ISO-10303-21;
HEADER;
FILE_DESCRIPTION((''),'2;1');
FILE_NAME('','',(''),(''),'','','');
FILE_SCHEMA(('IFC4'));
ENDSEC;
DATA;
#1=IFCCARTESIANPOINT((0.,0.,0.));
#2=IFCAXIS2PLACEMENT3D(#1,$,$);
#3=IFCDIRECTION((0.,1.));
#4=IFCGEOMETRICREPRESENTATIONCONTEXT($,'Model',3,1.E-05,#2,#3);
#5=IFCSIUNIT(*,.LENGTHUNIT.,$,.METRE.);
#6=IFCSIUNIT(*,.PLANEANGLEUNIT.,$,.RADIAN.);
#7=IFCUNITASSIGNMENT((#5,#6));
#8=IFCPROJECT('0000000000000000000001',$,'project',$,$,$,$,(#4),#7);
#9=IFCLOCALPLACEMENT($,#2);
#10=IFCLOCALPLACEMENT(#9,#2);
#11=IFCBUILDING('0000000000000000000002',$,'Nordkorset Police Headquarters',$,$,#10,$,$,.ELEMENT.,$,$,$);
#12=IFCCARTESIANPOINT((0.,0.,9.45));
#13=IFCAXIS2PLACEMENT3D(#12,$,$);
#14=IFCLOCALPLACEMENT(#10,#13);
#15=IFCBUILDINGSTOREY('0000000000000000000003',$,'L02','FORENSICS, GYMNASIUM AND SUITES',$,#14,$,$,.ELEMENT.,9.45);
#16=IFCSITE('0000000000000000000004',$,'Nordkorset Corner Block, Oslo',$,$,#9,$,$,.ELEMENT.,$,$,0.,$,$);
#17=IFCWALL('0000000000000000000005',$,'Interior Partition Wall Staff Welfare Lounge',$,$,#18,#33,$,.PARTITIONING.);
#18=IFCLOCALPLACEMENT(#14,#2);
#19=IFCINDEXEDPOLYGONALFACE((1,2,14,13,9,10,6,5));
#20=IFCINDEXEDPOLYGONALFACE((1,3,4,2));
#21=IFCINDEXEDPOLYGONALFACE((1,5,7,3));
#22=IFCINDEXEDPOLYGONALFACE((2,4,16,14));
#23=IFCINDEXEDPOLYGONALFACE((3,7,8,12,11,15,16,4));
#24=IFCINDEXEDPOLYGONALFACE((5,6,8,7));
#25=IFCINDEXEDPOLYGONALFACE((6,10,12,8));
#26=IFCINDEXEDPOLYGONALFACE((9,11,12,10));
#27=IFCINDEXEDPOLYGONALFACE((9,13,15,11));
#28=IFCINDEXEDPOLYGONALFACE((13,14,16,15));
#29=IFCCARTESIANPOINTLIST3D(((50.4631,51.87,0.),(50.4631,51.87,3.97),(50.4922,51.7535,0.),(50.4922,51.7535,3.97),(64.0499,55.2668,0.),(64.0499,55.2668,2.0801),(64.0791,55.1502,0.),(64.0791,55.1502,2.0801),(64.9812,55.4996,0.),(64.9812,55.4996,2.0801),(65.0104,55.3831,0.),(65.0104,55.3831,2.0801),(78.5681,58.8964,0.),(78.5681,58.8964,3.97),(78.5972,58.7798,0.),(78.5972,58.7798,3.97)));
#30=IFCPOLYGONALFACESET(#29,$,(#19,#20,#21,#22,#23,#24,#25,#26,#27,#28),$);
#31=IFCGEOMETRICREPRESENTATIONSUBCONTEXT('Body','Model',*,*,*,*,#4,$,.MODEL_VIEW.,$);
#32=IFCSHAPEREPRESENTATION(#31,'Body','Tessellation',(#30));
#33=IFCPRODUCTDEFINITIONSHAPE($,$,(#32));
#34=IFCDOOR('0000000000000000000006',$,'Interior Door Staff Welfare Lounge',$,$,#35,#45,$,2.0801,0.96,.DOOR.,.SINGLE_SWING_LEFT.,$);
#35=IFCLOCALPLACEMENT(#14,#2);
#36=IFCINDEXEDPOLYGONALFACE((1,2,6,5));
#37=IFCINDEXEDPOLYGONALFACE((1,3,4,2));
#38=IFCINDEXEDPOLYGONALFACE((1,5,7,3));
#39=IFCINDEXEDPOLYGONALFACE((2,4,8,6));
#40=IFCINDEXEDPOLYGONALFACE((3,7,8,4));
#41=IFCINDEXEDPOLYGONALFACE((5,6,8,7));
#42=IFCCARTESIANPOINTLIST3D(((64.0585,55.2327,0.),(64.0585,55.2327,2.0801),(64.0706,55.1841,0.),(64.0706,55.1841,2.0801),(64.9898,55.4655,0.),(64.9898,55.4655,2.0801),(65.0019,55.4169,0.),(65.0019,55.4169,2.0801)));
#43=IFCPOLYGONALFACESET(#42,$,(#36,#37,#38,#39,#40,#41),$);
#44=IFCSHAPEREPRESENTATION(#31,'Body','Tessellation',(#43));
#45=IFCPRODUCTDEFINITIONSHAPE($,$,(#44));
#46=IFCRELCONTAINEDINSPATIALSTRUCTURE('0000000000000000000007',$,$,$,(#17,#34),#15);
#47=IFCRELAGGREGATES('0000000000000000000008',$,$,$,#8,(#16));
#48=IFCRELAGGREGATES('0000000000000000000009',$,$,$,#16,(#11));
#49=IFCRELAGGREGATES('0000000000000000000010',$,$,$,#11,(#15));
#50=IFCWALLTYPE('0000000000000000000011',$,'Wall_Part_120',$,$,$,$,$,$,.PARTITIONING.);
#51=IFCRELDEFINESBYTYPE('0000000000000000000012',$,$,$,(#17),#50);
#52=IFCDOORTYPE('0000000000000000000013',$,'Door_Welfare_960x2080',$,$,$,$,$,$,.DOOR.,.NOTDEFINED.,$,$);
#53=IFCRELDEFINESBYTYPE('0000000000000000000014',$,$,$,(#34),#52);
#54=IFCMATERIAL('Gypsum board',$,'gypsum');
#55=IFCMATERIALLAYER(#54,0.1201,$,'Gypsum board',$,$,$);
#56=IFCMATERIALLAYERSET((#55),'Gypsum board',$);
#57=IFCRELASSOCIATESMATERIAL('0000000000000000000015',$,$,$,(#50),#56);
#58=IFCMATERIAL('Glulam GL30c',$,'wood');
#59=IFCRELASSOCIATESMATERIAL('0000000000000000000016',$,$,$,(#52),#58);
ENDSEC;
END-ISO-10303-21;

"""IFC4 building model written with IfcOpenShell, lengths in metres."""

from ifc_helpers import new_model, si_unit, direction, frame, frame_2d, origin, place, context, subcontext, project, spatial, rectangle, extrude, material, layer, layer_set, type_object, element, fill, save


model = new_model("IFC4")

# Units and contexts
model_context = context("Model", 3, precision=1e-05, world=origin(), true_north=direction((0.0, 1.0)))
body_context = subcontext(model_context, "Body", "Model", "MODEL_VIEW")
ifc_project = project(units=[si_unit("LENGTHUNIT", "METRE"), si_unit("PLANEANGLEUNIT", "RADIAN")], contexts=[model_context])

# Site, building, storey
site_placement = place(None, origin())
site = spatial("IfcSite", under=ifc_project, at=site_placement, Name="Nordkorset Corner Block, Oslo", CompositionType="ELEMENT", RefElevation=0.0)
building_placement = place(site_placement, origin())
building = spatial("IfcBuilding", under=site, at=building_placement, Name="Nordkorset Police Headquarters", CompositionType="ELEMENT")
storey_placement = place(building_placement, frame((0.0, 0.0, 9.45)))
storey = spatial("IfcBuildingStorey", under=building, at=storey_placement, Name="L02", Description="FORENSICS, GYMNASIUM AND SUITES", CompositionType="ELEMENT", Elevation=9.45)

# Shared definitions
ifc_material_1 = material(Name="Gypsum board", Category="gypsum")
ifc_layer_1 = layer(ifc_material_1, 0.1201, Name="Gypsum board")
ifc_layer_set_1 = layer_set([ifc_layer_1], Name="Gypsum board")
wall_type = type_object("IfcWallType", Name="Wall_Part_120", PredefinedType="PARTITIONING", material=ifc_layer_set_1)

# Wall, opening, door
wall_1_placement = place(storey_placement, frame((50.4778, 51.8118, 0.0), z_axis=(0.0, 0.0, 1.0), x_axis=(0.970142, 0.24254, 0.0)))
wall_1 = element("IfcWall", 1, at=wall_1_placement, inside=storey, type_object=wall_type, Name="Interior Partition Wall Staff Welfare Lounge", PredefinedType="PARTITIONING", context=body_context, shape_type="SweptSolid", body=[
    extrude(rectangle(XDim=28.97, YDim=0.1201, at=frame_2d((14.4849, 0.0))), origin(), (0.0, 0.0, 1.0), 3.97),
])
opening_placement = place(wall_1_placement, frame((14.0049, 0.0, 0.0)))
opening = element("IfcOpeningElement", 2, at=opening_placement, cuts=wall_1, PredefinedType="OPENING", context=body_context, shape_type="SweptSolid", body=[
    extrude(rectangle(XDim=0.96, YDim=2.0801, at=frame_2d((0.48, 1.04))), frame((0.0, 0.0701, 0.0), z_axis=(0.0, -1.0, 0.0), x_axis=(1.0, 0.0, 0.0)), (0.0, 0.0, 1.0), 0.1401),
])
ifc_material_2 = material(Name="Glulam GL30c", Category="wood")
door_type = type_object("IfcDoorType", Name="Door_Welfare_960x2080", OperationType="NOTDEFINED", PredefinedType="DOOR", material=ifc_material_2)
door_placement = place(opening_placement, origin())
door = element("IfcDoor", 3, at=door_placement, inside=storey, type_object=door_type, Name="Interior Door Staff Welfare Lounge", OperationType="SINGLE_SWING_LEFT", OverallHeight=2.0801, OverallWidth=0.96, PredefinedType="DOOR", context=body_context, shape_type="SweptSolid", body=[
    extrude(rectangle(XDim=0.96, YDim=2.0801, at=frame_2d((0.48, 1.04))), frame((0.0, 0.0249, 0.0), z_axis=(0.0, -1.0, 0.0), x_axis=(1.0, 0.0, 0.0)), (0.0, 0.0, 1.0), 0.05),
])
fill(opening, door)

save(model, "model.ifc")
